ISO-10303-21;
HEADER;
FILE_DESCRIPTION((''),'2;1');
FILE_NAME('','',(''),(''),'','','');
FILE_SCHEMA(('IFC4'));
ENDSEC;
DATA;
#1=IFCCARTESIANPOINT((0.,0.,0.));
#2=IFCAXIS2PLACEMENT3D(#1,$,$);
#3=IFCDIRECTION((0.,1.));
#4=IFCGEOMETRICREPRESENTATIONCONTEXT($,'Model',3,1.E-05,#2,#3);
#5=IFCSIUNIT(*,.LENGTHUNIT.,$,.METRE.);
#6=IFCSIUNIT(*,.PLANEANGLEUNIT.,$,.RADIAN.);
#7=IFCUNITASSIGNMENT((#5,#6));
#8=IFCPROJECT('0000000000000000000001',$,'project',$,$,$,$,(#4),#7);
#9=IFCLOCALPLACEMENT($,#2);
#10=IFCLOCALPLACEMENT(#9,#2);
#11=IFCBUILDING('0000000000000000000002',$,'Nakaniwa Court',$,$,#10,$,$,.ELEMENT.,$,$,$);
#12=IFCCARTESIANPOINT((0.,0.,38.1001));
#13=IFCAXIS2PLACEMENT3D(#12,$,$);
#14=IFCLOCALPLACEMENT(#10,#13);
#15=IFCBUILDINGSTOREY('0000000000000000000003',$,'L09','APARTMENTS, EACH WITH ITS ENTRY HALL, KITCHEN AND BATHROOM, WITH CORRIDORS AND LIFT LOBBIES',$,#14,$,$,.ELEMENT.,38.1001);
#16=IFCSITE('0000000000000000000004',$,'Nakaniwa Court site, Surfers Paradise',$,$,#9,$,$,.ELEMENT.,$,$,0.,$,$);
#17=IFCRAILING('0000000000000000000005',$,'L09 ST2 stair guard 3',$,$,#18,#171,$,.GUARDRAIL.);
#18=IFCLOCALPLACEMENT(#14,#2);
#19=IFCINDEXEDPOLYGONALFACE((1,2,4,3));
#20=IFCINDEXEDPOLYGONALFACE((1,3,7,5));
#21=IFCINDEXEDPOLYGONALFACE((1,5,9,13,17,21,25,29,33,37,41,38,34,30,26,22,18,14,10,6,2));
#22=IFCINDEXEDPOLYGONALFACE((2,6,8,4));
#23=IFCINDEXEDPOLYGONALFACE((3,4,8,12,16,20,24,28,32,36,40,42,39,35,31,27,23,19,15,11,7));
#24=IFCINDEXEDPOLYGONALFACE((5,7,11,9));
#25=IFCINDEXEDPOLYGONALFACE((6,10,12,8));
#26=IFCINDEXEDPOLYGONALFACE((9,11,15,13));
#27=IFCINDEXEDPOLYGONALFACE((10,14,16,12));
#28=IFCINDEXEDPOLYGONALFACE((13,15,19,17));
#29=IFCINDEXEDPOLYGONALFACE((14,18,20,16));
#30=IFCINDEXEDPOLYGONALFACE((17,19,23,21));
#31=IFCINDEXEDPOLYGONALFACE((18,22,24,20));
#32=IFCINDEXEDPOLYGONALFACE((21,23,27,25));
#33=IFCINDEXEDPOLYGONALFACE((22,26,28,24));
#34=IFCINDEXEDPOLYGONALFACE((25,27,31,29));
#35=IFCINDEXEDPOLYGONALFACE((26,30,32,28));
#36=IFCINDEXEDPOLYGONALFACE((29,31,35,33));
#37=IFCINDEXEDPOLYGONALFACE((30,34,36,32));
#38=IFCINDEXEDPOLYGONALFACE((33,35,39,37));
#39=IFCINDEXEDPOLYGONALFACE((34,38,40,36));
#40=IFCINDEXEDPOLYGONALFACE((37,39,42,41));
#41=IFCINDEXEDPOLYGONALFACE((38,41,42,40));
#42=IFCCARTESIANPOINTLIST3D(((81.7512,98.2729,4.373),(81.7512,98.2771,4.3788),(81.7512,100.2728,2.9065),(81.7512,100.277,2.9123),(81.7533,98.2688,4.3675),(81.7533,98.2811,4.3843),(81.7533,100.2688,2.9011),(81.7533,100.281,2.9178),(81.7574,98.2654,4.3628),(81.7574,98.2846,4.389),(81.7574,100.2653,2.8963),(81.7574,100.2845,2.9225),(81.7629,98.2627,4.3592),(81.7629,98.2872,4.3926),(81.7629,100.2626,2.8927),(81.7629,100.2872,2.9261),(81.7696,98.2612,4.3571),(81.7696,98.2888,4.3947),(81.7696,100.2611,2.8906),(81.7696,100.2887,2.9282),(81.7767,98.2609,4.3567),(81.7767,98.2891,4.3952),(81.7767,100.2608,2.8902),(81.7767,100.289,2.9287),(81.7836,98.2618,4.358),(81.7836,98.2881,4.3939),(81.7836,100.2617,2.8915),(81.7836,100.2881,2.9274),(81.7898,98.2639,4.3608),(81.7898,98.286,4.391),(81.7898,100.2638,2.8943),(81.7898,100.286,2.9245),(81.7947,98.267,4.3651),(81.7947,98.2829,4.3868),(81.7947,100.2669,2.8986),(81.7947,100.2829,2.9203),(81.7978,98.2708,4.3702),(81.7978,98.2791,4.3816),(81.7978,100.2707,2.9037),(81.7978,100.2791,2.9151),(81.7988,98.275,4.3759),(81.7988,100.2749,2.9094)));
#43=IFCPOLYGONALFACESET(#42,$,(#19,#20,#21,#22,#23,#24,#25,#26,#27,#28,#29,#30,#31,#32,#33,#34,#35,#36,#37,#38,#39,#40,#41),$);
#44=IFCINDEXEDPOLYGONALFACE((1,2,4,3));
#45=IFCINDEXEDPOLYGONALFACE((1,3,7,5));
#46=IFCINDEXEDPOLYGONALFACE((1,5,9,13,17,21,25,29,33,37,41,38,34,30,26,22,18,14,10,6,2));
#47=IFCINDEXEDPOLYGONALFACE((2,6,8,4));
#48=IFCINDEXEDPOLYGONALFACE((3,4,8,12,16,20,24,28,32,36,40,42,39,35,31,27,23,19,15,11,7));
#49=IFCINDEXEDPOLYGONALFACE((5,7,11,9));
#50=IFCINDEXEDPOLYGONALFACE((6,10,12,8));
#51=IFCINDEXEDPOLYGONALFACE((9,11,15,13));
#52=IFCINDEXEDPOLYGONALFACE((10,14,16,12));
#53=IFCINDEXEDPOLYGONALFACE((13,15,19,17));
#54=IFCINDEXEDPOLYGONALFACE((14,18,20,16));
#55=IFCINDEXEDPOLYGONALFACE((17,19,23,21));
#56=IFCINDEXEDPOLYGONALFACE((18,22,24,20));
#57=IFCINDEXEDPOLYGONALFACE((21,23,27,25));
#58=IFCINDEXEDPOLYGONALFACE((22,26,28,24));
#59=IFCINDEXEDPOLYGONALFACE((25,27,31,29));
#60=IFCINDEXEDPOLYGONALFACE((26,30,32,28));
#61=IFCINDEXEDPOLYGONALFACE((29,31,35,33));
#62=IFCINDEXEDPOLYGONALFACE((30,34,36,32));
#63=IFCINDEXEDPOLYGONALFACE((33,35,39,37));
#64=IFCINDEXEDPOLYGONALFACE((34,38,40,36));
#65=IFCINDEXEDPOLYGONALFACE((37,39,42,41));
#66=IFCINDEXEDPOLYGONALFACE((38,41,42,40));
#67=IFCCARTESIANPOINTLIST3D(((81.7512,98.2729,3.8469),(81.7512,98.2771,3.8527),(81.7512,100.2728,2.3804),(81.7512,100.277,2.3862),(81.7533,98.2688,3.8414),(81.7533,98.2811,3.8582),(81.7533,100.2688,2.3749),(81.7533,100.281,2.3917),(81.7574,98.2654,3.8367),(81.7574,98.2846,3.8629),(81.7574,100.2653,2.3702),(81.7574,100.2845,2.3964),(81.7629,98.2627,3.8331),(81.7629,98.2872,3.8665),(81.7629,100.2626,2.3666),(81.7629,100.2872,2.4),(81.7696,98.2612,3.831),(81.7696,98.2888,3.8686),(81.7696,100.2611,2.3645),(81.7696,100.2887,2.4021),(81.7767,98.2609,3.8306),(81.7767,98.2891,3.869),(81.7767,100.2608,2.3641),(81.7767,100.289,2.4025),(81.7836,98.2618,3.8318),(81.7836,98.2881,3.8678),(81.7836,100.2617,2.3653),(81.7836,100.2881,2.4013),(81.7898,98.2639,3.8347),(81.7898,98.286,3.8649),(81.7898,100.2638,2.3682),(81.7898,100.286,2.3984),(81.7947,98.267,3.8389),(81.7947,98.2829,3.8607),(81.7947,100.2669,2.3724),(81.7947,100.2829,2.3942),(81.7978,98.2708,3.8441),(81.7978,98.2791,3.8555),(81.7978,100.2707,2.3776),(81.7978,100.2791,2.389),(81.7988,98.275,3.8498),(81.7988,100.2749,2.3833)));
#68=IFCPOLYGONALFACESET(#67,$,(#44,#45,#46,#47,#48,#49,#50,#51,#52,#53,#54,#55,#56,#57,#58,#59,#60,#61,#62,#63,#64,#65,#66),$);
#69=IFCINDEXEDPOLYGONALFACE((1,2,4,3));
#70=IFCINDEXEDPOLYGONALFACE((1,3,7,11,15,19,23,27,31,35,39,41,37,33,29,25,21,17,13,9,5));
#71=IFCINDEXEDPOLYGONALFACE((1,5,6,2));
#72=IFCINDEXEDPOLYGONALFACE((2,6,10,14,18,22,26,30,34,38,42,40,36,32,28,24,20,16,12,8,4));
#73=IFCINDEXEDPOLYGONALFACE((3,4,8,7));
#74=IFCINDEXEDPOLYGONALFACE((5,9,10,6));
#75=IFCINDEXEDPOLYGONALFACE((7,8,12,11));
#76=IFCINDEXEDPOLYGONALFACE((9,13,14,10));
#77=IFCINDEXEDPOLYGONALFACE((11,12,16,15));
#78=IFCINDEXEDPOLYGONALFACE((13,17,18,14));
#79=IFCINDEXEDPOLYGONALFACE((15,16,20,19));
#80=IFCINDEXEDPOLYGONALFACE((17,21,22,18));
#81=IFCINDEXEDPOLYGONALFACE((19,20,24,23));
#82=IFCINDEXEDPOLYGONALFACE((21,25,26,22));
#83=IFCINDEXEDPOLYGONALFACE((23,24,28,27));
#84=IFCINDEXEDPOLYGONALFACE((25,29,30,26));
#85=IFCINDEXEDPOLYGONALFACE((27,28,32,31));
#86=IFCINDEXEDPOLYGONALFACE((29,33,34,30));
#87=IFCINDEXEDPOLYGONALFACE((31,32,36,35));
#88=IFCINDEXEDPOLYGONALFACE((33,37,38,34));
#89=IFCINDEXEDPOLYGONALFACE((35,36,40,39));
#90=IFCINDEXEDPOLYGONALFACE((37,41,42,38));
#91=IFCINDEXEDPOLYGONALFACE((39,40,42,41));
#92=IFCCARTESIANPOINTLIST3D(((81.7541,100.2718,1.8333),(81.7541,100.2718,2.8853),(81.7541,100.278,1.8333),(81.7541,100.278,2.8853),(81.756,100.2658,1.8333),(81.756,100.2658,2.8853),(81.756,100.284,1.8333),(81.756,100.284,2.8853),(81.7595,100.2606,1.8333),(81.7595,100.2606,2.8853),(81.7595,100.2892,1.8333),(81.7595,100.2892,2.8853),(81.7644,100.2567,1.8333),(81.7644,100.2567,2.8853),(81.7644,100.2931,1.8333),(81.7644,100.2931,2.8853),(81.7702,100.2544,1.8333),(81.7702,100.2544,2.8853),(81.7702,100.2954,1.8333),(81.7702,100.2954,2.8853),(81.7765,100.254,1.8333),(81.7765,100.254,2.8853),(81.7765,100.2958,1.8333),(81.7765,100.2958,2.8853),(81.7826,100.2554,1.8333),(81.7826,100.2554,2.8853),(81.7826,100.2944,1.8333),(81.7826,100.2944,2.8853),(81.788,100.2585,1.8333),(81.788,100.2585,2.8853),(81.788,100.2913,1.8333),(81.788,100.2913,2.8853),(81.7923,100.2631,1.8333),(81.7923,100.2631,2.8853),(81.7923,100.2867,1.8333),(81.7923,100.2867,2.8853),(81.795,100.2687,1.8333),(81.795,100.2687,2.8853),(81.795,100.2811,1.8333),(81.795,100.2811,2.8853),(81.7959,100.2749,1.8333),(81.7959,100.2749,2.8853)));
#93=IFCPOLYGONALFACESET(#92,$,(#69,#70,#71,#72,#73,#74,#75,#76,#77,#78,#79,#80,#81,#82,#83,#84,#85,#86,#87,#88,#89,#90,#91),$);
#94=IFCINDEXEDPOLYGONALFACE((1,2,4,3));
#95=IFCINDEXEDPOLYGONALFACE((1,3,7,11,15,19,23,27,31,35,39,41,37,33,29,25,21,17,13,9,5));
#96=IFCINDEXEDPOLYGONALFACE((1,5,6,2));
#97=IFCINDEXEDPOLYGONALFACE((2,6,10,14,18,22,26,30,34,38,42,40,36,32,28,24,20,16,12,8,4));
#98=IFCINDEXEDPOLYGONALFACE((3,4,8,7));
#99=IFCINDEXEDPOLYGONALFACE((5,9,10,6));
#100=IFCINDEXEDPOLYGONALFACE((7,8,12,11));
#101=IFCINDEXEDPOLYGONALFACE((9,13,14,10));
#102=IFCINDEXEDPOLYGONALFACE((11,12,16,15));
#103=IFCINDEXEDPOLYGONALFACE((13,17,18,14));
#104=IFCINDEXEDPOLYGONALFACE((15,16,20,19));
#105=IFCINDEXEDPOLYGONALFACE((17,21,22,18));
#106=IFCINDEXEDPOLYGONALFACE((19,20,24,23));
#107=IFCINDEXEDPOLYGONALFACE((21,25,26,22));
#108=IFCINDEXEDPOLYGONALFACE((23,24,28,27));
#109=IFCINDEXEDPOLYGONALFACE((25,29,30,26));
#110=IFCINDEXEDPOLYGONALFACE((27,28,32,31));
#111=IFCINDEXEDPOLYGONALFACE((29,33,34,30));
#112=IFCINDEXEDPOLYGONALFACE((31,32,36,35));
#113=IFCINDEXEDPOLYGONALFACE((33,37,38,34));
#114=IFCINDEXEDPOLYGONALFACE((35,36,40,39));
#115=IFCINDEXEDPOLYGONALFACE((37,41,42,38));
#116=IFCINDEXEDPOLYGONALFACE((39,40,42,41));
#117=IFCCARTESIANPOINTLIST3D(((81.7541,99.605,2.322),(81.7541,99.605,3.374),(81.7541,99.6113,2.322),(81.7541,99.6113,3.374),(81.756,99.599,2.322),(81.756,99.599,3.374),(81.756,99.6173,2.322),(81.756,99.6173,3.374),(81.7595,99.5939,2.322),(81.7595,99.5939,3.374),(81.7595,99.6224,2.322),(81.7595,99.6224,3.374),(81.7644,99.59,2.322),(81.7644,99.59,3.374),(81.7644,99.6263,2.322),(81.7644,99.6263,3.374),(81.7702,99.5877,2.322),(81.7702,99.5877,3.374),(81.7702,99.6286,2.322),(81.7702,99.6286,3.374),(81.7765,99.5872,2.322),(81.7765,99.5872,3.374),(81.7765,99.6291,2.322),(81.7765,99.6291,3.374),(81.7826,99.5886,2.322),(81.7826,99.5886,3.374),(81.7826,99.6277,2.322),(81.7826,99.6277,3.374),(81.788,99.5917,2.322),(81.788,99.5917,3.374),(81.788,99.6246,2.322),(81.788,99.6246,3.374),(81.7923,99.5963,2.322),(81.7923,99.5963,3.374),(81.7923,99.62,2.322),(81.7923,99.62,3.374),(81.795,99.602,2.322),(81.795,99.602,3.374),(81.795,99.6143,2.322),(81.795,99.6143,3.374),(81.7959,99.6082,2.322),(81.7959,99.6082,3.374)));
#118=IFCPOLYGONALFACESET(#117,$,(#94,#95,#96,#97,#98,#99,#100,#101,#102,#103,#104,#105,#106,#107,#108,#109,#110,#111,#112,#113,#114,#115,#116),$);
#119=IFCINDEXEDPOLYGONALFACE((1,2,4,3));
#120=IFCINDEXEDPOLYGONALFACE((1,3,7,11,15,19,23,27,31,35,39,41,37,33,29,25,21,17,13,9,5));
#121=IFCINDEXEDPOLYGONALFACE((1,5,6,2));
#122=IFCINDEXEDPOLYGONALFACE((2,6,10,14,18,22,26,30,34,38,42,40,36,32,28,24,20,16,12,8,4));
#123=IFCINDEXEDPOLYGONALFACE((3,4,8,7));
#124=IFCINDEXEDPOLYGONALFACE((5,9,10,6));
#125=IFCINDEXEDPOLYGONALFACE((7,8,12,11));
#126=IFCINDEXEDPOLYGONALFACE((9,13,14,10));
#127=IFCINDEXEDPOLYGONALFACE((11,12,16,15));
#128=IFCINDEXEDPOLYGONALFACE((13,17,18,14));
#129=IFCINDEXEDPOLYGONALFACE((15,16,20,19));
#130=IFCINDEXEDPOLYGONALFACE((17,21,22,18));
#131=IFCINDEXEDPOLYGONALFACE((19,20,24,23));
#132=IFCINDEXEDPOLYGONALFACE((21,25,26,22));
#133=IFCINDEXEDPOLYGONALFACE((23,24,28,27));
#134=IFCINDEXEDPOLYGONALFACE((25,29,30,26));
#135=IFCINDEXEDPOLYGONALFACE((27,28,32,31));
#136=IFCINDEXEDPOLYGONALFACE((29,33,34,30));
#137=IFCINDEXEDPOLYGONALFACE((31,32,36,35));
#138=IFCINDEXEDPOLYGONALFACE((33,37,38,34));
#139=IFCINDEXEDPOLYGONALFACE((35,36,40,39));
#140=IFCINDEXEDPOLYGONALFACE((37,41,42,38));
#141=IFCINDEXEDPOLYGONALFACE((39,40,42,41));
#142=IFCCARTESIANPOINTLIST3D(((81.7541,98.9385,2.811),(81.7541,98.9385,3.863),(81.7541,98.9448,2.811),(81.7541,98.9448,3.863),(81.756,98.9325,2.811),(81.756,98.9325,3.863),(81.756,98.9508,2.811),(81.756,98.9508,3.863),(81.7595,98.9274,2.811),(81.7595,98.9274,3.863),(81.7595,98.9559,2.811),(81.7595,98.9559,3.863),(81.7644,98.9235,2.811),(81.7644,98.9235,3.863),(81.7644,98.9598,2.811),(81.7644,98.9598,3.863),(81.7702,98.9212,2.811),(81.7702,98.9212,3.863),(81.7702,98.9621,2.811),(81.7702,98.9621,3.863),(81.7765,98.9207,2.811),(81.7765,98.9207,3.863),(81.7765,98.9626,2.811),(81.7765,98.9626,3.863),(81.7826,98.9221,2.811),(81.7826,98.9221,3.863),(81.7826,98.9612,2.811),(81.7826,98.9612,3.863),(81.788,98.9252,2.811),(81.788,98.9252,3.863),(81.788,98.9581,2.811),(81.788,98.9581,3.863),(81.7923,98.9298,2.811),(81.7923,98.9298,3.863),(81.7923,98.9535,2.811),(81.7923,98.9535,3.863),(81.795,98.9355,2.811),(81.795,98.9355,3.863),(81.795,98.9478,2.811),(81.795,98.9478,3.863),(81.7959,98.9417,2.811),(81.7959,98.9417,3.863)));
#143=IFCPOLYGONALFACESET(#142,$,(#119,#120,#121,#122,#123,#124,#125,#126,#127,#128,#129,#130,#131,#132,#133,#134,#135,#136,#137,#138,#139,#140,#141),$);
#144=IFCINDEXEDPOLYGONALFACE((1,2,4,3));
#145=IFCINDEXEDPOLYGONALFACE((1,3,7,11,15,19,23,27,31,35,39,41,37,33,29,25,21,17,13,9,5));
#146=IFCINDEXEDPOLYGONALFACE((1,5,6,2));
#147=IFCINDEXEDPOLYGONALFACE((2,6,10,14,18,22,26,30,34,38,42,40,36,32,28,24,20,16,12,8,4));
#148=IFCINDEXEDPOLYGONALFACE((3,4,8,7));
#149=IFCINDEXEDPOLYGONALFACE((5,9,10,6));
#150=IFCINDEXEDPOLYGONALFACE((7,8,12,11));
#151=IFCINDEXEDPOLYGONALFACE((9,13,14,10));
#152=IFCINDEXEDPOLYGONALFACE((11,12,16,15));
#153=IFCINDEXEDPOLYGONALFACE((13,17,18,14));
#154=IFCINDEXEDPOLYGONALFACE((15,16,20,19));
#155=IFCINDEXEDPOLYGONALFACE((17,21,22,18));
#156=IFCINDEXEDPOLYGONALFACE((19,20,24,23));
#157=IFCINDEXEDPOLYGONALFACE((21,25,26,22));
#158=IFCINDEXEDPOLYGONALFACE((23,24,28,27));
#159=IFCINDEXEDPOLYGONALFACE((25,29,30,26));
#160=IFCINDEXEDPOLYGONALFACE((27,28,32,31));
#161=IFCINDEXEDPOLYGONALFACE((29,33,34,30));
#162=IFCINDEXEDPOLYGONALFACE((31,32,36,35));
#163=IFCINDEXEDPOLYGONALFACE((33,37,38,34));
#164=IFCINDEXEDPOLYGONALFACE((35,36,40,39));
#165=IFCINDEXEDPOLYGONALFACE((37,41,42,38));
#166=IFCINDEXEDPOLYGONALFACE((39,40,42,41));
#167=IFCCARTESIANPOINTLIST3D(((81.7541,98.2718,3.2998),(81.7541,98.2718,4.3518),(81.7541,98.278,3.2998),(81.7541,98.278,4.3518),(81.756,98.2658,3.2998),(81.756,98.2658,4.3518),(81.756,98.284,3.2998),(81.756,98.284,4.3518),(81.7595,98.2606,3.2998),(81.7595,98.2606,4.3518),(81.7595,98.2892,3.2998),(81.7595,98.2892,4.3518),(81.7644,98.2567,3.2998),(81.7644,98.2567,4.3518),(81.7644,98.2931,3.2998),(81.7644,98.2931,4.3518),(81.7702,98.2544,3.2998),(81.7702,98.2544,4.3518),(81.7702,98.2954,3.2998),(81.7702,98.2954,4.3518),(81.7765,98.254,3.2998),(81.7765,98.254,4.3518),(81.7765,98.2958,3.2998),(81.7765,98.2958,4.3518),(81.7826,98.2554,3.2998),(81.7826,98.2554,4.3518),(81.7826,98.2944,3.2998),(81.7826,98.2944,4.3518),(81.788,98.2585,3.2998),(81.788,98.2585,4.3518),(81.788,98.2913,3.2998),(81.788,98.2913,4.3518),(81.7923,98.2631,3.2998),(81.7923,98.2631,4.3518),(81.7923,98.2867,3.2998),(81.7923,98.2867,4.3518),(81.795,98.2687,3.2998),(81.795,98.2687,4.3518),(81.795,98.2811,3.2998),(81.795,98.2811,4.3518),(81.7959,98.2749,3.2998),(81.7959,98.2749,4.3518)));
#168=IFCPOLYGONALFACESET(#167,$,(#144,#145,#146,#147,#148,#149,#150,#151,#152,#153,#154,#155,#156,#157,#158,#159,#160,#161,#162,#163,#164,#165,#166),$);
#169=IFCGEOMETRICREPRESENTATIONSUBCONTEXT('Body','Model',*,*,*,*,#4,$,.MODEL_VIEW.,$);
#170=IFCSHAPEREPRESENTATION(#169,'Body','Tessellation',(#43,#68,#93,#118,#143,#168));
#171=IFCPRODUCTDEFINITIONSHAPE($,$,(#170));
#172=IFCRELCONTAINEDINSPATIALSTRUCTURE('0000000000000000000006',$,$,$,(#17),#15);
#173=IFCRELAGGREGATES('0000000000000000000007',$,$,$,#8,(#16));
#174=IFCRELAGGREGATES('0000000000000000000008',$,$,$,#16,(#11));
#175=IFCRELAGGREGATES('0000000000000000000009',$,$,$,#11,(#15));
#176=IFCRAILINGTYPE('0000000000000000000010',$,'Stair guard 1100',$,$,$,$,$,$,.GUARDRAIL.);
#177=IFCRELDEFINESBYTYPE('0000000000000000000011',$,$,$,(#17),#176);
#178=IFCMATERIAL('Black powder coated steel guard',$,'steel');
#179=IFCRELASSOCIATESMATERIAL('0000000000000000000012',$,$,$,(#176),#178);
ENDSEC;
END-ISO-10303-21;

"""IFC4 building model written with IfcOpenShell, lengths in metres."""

from ifc_helpers import new_model, si_unit, direction, frame, origin, origin_2d, place, context, subcontext, project, spatial, circle, extrude, material, type_object, element, save


model = new_model("IFC4")

# Units and contexts
model_context = context("Model", 3, precision=1e-05, world=origin(), true_north=direction((0.0, 1.0)))
body_context = subcontext(model_context, "Body", "Model", "MODEL_VIEW")
ifc_project = project(units=[si_unit("LENGTHUNIT", "METRE"), si_unit("PLANEANGLEUNIT", "RADIAN")], contexts=[model_context])

# Site, building, storey
site_placement = place(None, origin())
site = spatial("IfcSite", under=ifc_project, at=site_placement, Name="Nakaniwa Court site, Surfers Paradise", CompositionType="ELEMENT", RefElevation=0.0)
building_placement = place(site_placement, origin())
building = spatial("IfcBuilding", under=site, at=building_placement, Name="Nakaniwa Court", CompositionType="ELEMENT")
storey_placement = place(building_placement, frame((0.0, 0.0, 38.1001)))
storey = spatial("IfcBuildingStorey", under=building, at=storey_placement, Name="L09", Description="APARTMENTS, EACH WITH ITS ENTRY HALL, KITCHEN AND BATHROOM, WITH CORRIDORS AND LIFT LOBBIES", CompositionType="ELEMENT", Elevation=38.1001)

# Railing
ifc_material_1 = material(Name="Black powder coated steel guard", Category="steel")
railing_type_1 = type_object("IfcRailingType", Name="Stair guard 1100", PredefinedType="GUARDRAIL", material=ifc_material_1)
railing_1_placement = place(storey_placement, frame((81.7749, 100.2749, 1.8333)))
element("IfcRailing", 1, at=railing_1_placement, inside=storey, type_object=railing_type_1, Name="L09 ST2 stair guard 3", PredefinedType="GUARDRAIL", context=body_context, shape_type="SweptSolid", body=[
    extrude(circle(Radius=0.0239, at=origin_2d()), frame((0.0, 0.0, 1.0762), z_axis=(0.0, -0.806427, 0.591334), x_axis=(1.0, 0.0, 0.0)), (0.0, 0.0, 1.0), 2.48),
    extrude(circle(Radius=0.0239, at=origin_2d()), frame((0.0, 0.0, 0.55), z_axis=(0.0, -0.806427, 0.591334), x_axis=(1.0, 0.0, 0.0)), (0.0, 0.0, 1.0), 2.48),
    extrude(circle(Radius=0.021, at=origin_2d()), origin(), (0.0, 0.0, 1.0), 1.052),
    extrude(circle(Radius=0.021, at=origin_2d()), frame((0.0, -0.6667, 0.4888)), (0.0, 0.0, 1.0), 1.052),
    extrude(circle(Radius=0.021, at=origin_2d()), frame((0.0, -1.3333, 0.9778)), (0.0, 0.0, 1.0), 1.052),
    extrude(circle(Radius=0.021, at=origin_2d()), frame((0.0, -2.0, 1.4666)), (0.0, 0.0, 1.0), 1.052),
])

save(model, "model.ifc")
